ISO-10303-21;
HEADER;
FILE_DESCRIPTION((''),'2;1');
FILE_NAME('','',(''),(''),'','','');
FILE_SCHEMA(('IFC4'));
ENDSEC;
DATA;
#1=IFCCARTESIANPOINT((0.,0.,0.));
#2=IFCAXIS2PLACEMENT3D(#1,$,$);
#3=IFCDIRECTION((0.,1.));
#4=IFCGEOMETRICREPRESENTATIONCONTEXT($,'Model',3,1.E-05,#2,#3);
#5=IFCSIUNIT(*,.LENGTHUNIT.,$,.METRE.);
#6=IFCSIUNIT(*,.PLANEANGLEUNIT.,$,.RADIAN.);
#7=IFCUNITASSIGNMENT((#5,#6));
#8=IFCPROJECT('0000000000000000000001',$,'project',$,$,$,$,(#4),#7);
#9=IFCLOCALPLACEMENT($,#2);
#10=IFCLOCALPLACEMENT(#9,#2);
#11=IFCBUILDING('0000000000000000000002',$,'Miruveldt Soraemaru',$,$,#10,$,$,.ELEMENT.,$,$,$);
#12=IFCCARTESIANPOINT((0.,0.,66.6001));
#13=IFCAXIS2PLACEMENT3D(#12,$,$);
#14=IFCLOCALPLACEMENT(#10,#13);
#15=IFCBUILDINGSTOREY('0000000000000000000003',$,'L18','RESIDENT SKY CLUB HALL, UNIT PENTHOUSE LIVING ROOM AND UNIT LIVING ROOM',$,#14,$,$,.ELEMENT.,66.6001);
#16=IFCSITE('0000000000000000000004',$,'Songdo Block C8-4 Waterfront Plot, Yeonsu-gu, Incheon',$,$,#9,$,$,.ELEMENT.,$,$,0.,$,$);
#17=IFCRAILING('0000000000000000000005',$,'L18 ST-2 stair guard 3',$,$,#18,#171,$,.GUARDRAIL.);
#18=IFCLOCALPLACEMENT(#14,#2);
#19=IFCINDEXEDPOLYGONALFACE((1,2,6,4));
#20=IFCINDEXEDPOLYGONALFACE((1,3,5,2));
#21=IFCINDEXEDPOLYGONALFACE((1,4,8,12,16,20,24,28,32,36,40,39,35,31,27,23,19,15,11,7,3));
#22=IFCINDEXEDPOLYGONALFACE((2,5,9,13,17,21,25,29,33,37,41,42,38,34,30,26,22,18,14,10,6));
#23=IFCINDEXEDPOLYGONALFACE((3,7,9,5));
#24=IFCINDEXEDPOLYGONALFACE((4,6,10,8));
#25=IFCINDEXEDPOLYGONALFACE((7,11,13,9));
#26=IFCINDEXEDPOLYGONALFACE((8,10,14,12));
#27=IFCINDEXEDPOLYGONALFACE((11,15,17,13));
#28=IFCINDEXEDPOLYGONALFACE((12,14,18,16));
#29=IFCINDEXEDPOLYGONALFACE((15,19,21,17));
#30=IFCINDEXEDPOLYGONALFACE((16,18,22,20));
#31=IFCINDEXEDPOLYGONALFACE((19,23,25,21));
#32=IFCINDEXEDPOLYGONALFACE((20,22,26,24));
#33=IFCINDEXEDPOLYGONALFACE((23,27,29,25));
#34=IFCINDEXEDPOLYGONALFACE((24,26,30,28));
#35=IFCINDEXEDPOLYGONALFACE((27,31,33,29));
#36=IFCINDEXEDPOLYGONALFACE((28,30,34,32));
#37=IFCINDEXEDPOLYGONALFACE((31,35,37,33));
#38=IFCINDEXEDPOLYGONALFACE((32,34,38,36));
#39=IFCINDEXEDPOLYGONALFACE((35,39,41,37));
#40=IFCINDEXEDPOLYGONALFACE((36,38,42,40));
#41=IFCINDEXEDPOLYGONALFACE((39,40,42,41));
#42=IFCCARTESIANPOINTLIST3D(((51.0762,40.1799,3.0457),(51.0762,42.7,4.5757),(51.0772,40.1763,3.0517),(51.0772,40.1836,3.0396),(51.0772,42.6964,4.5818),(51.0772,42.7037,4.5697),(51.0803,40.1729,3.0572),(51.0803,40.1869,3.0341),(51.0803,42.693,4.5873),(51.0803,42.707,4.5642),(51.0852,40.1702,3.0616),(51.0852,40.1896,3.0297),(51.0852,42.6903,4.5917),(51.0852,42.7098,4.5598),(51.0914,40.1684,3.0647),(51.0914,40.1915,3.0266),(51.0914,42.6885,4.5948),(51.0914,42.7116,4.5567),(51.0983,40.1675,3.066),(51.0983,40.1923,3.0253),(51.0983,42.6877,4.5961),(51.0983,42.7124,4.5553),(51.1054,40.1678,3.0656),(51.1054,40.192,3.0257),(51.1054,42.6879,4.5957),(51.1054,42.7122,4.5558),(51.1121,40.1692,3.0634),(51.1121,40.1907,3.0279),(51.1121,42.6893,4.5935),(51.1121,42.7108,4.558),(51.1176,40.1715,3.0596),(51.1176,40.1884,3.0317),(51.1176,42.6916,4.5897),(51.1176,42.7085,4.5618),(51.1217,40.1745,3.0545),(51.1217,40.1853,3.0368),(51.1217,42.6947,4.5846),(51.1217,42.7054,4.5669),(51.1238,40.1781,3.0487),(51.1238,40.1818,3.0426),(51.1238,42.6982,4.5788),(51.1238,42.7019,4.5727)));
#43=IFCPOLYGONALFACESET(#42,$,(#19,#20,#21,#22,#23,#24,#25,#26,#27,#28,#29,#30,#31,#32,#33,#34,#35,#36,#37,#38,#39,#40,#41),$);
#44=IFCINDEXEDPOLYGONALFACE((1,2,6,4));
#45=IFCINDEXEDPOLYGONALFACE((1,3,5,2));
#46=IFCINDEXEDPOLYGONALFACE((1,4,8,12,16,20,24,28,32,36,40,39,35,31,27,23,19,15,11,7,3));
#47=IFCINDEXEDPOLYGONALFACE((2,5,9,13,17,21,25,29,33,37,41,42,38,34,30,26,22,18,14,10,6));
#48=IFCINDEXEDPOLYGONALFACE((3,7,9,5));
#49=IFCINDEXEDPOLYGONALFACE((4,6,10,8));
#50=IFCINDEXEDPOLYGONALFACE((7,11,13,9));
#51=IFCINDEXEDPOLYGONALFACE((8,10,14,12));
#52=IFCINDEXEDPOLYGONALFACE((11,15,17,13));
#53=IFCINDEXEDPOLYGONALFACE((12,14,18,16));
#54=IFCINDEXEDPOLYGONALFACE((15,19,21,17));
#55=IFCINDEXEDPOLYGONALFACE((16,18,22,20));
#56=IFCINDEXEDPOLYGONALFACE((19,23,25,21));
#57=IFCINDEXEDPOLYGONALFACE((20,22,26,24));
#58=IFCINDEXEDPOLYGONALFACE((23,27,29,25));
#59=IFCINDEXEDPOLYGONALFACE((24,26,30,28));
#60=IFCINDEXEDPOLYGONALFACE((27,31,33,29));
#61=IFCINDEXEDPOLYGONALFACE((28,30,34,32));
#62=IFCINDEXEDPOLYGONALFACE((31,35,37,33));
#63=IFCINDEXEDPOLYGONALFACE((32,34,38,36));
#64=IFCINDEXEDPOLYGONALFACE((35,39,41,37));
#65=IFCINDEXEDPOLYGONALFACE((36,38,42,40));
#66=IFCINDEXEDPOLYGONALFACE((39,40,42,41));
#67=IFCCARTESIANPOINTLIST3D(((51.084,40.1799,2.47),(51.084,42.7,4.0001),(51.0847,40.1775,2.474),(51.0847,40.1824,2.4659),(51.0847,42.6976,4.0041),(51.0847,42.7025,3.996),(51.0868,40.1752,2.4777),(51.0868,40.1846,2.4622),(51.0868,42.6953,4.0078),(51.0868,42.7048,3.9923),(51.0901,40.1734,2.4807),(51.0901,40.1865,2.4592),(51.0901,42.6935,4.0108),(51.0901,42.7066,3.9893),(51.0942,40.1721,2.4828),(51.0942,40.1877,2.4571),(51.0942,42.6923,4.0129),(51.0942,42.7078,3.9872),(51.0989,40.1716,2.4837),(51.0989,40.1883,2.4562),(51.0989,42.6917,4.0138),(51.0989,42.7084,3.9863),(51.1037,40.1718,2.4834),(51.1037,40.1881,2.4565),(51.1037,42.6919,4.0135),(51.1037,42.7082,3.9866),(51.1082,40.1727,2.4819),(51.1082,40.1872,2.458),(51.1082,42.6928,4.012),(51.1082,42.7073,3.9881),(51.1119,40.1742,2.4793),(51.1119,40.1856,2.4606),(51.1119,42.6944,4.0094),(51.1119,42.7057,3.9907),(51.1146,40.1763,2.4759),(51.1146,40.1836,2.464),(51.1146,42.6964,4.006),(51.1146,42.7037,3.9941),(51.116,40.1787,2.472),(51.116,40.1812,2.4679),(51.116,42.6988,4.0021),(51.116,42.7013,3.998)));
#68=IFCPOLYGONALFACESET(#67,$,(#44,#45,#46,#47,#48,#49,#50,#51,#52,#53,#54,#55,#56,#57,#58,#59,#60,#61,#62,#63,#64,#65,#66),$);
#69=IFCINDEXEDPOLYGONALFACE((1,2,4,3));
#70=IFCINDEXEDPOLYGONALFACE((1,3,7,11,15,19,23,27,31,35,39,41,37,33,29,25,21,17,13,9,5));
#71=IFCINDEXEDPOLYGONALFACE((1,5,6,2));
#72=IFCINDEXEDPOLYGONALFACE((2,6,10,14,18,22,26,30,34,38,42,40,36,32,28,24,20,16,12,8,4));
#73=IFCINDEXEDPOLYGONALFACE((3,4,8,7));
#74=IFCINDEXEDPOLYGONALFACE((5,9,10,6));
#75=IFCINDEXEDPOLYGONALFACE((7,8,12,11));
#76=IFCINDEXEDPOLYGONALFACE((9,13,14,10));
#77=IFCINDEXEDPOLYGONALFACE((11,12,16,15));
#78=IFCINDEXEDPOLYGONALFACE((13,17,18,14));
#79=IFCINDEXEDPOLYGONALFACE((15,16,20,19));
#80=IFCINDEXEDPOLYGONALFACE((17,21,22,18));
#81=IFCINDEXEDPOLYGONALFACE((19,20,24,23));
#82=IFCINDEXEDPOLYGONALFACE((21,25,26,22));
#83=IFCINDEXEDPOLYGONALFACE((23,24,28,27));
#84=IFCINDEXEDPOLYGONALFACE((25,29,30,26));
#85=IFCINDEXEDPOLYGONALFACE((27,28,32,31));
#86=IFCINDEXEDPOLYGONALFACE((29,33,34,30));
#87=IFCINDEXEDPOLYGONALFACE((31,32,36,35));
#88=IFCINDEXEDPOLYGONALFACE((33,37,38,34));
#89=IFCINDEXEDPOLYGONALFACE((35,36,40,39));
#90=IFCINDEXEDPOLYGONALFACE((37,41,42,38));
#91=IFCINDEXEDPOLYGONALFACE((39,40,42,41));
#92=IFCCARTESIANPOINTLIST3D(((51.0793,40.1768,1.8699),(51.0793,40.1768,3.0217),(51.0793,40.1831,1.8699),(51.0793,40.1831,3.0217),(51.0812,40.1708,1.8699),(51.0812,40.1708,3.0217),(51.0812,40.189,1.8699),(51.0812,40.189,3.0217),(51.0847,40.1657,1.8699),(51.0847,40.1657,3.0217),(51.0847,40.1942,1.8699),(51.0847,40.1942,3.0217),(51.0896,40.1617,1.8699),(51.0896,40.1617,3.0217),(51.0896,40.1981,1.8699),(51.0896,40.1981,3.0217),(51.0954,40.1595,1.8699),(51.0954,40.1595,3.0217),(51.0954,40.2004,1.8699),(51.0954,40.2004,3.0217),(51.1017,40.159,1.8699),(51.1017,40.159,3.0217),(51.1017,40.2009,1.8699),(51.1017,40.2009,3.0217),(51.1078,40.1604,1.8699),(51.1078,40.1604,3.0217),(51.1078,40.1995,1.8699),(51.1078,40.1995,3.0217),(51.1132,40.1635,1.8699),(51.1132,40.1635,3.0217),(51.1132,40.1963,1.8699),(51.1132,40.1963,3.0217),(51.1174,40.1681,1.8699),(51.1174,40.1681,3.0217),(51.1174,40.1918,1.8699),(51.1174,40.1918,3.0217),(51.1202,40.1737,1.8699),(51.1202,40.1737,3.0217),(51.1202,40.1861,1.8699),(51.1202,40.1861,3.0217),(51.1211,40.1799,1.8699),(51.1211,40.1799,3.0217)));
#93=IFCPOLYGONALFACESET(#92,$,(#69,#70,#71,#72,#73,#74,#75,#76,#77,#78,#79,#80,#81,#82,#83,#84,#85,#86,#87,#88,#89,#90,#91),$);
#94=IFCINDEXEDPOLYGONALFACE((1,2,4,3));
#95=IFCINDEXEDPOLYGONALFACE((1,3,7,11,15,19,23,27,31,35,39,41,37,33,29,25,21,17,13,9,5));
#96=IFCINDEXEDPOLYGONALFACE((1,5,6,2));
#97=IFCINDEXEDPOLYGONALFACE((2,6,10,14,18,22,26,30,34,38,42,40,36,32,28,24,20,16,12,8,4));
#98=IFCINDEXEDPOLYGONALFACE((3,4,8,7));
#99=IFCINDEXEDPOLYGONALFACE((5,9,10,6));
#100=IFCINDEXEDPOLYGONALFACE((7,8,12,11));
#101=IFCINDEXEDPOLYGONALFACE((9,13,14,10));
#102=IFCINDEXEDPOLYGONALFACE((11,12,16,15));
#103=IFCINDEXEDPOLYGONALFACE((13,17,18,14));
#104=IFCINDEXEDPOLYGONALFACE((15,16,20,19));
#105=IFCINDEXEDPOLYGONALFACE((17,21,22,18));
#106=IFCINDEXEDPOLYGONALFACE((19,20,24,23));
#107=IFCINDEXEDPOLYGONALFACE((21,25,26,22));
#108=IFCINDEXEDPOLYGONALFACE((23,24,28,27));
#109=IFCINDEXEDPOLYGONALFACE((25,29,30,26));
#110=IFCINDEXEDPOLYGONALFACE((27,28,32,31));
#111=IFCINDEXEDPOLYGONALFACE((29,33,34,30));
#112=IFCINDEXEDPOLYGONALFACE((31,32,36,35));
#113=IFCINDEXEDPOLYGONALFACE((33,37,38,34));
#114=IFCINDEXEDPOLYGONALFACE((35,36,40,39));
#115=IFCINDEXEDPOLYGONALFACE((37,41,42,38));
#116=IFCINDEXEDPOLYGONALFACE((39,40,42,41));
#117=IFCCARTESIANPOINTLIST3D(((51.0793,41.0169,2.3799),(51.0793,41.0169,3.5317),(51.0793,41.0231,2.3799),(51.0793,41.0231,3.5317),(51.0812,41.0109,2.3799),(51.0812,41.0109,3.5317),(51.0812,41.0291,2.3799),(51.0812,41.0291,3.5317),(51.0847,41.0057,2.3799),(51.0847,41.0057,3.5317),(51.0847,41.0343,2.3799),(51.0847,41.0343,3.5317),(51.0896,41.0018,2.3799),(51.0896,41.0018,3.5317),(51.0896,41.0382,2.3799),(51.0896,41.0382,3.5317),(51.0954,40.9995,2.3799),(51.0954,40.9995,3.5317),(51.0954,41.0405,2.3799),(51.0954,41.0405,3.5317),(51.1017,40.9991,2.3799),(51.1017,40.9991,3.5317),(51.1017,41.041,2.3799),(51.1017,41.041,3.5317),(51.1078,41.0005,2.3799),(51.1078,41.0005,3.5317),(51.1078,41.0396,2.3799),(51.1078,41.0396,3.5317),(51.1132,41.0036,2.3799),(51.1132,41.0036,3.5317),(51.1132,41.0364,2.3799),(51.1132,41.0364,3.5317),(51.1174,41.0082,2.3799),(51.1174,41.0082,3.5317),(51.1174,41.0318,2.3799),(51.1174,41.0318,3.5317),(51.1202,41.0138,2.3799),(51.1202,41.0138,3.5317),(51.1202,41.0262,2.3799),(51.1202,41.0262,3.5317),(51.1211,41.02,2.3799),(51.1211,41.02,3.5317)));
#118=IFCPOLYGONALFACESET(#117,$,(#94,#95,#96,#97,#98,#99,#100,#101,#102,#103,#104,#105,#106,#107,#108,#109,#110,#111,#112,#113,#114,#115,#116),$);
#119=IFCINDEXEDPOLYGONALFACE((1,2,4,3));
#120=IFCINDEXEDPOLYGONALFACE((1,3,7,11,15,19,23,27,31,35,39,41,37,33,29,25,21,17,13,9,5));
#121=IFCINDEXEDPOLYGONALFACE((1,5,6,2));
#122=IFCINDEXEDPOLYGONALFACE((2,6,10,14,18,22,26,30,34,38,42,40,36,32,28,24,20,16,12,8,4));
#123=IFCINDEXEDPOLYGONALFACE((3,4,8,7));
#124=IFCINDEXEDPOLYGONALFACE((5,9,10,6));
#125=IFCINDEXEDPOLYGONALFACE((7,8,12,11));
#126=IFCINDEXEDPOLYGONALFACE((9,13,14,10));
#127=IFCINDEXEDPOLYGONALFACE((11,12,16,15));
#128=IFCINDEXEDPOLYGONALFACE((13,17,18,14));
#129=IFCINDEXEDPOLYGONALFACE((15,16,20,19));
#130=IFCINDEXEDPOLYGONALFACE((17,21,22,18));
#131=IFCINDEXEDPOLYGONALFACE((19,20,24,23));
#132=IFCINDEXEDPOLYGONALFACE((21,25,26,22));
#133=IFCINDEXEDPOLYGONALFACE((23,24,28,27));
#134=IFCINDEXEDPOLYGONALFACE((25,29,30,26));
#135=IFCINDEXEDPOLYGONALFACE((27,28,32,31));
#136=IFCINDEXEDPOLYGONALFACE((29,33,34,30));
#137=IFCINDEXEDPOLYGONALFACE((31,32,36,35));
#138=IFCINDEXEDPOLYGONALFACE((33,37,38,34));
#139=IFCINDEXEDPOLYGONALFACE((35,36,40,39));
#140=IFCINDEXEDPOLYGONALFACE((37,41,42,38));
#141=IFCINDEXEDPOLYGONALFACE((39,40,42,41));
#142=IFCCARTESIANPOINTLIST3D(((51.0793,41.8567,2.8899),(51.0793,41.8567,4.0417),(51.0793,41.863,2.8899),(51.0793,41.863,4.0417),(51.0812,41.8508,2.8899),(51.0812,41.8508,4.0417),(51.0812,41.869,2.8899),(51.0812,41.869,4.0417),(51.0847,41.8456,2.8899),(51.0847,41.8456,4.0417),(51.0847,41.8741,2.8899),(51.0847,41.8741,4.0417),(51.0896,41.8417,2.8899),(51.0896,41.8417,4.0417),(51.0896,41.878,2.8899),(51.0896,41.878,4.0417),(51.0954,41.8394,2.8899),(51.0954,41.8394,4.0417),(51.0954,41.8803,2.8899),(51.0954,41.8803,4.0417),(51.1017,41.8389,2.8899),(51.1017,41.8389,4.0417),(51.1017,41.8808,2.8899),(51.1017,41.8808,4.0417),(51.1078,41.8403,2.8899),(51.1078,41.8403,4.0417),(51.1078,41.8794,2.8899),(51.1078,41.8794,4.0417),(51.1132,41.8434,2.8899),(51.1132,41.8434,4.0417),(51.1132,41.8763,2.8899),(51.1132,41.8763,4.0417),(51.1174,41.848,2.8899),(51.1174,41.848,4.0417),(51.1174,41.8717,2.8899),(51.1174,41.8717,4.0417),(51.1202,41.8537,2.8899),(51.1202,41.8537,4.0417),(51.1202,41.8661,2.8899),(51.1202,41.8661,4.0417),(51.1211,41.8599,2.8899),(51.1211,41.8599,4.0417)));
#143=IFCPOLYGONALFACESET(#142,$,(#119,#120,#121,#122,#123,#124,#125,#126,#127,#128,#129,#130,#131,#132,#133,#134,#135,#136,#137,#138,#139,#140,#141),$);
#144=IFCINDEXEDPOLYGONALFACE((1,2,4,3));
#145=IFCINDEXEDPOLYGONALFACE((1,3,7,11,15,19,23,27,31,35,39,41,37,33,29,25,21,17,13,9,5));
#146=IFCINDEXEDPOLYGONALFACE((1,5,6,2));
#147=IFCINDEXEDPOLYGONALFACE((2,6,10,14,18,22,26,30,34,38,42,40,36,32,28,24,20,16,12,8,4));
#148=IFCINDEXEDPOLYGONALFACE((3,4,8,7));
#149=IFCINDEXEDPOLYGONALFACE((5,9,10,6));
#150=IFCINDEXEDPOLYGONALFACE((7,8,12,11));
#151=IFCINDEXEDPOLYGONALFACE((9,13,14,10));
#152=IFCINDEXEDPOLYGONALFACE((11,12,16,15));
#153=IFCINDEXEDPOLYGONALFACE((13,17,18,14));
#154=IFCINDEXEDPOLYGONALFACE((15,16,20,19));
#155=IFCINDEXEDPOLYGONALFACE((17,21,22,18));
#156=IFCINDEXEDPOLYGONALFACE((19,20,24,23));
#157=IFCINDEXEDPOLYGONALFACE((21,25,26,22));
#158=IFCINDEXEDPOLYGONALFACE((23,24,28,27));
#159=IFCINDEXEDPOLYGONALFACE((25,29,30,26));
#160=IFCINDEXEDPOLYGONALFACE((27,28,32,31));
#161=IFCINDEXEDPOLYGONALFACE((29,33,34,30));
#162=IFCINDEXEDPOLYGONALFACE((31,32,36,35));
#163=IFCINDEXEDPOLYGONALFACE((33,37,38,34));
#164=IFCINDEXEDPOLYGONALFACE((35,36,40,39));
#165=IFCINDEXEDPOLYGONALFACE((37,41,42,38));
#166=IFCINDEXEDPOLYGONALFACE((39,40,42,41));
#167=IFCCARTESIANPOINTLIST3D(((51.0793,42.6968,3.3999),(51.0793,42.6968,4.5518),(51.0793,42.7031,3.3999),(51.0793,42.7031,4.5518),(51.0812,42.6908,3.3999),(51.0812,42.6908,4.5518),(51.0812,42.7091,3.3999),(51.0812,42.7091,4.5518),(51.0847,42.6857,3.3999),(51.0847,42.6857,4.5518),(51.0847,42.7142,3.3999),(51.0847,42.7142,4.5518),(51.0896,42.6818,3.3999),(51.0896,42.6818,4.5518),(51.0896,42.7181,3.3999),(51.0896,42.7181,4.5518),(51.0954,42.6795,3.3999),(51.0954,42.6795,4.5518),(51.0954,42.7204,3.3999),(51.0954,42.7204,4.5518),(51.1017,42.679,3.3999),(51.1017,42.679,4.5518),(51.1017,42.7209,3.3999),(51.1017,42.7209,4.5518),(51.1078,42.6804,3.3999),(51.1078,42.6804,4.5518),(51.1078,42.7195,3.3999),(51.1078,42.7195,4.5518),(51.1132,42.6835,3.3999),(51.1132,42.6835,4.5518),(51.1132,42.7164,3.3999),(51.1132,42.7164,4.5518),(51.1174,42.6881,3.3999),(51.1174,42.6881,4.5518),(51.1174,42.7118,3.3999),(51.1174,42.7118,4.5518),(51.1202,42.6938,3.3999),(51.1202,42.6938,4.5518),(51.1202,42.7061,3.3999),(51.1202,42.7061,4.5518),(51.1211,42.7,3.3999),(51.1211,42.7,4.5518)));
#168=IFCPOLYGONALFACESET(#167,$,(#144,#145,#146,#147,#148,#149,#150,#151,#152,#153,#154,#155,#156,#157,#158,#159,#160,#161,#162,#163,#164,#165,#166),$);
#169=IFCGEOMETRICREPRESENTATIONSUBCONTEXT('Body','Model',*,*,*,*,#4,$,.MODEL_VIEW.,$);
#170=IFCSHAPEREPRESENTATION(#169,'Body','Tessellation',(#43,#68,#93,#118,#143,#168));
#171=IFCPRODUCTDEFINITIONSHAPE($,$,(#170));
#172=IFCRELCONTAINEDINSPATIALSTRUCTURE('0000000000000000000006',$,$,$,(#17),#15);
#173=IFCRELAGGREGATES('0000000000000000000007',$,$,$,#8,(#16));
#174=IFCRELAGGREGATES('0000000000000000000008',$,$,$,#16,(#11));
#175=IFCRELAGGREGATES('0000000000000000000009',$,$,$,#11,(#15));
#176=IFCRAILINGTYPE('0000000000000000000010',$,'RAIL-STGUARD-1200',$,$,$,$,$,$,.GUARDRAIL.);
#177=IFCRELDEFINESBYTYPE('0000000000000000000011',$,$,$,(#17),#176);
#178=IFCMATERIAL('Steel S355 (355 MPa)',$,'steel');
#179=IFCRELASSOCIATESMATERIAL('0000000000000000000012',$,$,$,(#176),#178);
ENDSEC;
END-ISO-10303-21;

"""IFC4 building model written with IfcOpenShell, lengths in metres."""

from ifc_helpers import new_model, si_unit, direction, frame, origin, origin_2d, place, context, subcontext, project, spatial, circle, extrude, material, type_object, element, save


model = new_model("IFC4")

# Units and contexts
model_context = context("Model", 3, precision=1e-05, world=origin(), true_north=direction((0.0, 1.0)))
body_context = subcontext(model_context, "Body", "Model", "MODEL_VIEW")
ifc_project = project(units=[si_unit("LENGTHUNIT", "METRE"), si_unit("PLANEANGLEUNIT", "RADIAN")], contexts=[model_context])

# Site, building, storey
site_placement = place(None, origin())
site = spatial("IfcSite", under=ifc_project, at=site_placement, Name="Songdo Block C8-4 Waterfront Plot, Yeonsu-gu, Incheon", CompositionType="ELEMENT", RefElevation=0.0)
building_placement = place(site_placement, origin())
building = spatial("IfcBuilding", under=site, at=building_placement, Name="Miruveldt Soraemaru", CompositionType="ELEMENT")
storey_placement = place(building_placement, frame((0.0, 0.0, 66.6001)))
storey = spatial("IfcBuildingStorey", under=building, at=storey_placement, Name="L18", Description="RESIDENT SKY CLUB HALL, UNIT PENTHOUSE LIVING ROOM AND UNIT LIVING ROOM", CompositionType="ELEMENT", Elevation=66.6001)

# Railing
ifc_material_1 = material(Name="Steel S355 (355 MPa)", Category="steel")
railing_type = type_object("IfcRailingType", Name="RAIL-STGUARD-1200", PredefinedType="GUARDRAIL", material=ifc_material_1)
railing_1_placement = place(storey_placement, frame((51.1001, 40.1799, 1.8699)))
element("IfcRailing", 1, at=railing_1_placement, inside=storey, type_object=railing_type, Name="L18 ST-2 stair guard 3", PredefinedType="GUARDRAIL", context=body_context, shape_type="SweptSolid", body=[
    extrude(circle(Radius=0.0239, at=origin_2d()), frame((0.0, 0.0, 1.1758), z_axis=(0.0, 0.854785, 0.518982), x_axis=(-1.0, 0.0, 0.0)), (0.0, 0.0, 1.0), 2.9482),
    extrude(circle(Radius=0.0161, at=origin_2d()), frame((0.0, 0.0, 0.6001), z_axis=(0.0, 0.854785, 0.518982), x_axis=(-1.0, 0.0, 0.0)), (0.0, 0.0, 1.0), 2.9482),
    extrude(circle(Radius=0.021, at=origin_2d()), origin(), (0.0, 0.0, 1.0), 1.1519),
    extrude(circle(Radius=0.021, at=origin_2d()), frame((0.0, 0.8401, 0.51)), (0.0, 0.0, 1.0), 1.1519),
    extrude(circle(Radius=0.021, at=origin_2d()), frame((0.0, 1.6799, 1.02)), (0.0, 0.0, 1.0), 1.1519),
    extrude(circle(Radius=0.021, at=origin_2d()), frame((0.0, 2.52, 1.53)), (0.0, 0.0, 1.0), 1.1519),
])

save(model, "model.ifc")
